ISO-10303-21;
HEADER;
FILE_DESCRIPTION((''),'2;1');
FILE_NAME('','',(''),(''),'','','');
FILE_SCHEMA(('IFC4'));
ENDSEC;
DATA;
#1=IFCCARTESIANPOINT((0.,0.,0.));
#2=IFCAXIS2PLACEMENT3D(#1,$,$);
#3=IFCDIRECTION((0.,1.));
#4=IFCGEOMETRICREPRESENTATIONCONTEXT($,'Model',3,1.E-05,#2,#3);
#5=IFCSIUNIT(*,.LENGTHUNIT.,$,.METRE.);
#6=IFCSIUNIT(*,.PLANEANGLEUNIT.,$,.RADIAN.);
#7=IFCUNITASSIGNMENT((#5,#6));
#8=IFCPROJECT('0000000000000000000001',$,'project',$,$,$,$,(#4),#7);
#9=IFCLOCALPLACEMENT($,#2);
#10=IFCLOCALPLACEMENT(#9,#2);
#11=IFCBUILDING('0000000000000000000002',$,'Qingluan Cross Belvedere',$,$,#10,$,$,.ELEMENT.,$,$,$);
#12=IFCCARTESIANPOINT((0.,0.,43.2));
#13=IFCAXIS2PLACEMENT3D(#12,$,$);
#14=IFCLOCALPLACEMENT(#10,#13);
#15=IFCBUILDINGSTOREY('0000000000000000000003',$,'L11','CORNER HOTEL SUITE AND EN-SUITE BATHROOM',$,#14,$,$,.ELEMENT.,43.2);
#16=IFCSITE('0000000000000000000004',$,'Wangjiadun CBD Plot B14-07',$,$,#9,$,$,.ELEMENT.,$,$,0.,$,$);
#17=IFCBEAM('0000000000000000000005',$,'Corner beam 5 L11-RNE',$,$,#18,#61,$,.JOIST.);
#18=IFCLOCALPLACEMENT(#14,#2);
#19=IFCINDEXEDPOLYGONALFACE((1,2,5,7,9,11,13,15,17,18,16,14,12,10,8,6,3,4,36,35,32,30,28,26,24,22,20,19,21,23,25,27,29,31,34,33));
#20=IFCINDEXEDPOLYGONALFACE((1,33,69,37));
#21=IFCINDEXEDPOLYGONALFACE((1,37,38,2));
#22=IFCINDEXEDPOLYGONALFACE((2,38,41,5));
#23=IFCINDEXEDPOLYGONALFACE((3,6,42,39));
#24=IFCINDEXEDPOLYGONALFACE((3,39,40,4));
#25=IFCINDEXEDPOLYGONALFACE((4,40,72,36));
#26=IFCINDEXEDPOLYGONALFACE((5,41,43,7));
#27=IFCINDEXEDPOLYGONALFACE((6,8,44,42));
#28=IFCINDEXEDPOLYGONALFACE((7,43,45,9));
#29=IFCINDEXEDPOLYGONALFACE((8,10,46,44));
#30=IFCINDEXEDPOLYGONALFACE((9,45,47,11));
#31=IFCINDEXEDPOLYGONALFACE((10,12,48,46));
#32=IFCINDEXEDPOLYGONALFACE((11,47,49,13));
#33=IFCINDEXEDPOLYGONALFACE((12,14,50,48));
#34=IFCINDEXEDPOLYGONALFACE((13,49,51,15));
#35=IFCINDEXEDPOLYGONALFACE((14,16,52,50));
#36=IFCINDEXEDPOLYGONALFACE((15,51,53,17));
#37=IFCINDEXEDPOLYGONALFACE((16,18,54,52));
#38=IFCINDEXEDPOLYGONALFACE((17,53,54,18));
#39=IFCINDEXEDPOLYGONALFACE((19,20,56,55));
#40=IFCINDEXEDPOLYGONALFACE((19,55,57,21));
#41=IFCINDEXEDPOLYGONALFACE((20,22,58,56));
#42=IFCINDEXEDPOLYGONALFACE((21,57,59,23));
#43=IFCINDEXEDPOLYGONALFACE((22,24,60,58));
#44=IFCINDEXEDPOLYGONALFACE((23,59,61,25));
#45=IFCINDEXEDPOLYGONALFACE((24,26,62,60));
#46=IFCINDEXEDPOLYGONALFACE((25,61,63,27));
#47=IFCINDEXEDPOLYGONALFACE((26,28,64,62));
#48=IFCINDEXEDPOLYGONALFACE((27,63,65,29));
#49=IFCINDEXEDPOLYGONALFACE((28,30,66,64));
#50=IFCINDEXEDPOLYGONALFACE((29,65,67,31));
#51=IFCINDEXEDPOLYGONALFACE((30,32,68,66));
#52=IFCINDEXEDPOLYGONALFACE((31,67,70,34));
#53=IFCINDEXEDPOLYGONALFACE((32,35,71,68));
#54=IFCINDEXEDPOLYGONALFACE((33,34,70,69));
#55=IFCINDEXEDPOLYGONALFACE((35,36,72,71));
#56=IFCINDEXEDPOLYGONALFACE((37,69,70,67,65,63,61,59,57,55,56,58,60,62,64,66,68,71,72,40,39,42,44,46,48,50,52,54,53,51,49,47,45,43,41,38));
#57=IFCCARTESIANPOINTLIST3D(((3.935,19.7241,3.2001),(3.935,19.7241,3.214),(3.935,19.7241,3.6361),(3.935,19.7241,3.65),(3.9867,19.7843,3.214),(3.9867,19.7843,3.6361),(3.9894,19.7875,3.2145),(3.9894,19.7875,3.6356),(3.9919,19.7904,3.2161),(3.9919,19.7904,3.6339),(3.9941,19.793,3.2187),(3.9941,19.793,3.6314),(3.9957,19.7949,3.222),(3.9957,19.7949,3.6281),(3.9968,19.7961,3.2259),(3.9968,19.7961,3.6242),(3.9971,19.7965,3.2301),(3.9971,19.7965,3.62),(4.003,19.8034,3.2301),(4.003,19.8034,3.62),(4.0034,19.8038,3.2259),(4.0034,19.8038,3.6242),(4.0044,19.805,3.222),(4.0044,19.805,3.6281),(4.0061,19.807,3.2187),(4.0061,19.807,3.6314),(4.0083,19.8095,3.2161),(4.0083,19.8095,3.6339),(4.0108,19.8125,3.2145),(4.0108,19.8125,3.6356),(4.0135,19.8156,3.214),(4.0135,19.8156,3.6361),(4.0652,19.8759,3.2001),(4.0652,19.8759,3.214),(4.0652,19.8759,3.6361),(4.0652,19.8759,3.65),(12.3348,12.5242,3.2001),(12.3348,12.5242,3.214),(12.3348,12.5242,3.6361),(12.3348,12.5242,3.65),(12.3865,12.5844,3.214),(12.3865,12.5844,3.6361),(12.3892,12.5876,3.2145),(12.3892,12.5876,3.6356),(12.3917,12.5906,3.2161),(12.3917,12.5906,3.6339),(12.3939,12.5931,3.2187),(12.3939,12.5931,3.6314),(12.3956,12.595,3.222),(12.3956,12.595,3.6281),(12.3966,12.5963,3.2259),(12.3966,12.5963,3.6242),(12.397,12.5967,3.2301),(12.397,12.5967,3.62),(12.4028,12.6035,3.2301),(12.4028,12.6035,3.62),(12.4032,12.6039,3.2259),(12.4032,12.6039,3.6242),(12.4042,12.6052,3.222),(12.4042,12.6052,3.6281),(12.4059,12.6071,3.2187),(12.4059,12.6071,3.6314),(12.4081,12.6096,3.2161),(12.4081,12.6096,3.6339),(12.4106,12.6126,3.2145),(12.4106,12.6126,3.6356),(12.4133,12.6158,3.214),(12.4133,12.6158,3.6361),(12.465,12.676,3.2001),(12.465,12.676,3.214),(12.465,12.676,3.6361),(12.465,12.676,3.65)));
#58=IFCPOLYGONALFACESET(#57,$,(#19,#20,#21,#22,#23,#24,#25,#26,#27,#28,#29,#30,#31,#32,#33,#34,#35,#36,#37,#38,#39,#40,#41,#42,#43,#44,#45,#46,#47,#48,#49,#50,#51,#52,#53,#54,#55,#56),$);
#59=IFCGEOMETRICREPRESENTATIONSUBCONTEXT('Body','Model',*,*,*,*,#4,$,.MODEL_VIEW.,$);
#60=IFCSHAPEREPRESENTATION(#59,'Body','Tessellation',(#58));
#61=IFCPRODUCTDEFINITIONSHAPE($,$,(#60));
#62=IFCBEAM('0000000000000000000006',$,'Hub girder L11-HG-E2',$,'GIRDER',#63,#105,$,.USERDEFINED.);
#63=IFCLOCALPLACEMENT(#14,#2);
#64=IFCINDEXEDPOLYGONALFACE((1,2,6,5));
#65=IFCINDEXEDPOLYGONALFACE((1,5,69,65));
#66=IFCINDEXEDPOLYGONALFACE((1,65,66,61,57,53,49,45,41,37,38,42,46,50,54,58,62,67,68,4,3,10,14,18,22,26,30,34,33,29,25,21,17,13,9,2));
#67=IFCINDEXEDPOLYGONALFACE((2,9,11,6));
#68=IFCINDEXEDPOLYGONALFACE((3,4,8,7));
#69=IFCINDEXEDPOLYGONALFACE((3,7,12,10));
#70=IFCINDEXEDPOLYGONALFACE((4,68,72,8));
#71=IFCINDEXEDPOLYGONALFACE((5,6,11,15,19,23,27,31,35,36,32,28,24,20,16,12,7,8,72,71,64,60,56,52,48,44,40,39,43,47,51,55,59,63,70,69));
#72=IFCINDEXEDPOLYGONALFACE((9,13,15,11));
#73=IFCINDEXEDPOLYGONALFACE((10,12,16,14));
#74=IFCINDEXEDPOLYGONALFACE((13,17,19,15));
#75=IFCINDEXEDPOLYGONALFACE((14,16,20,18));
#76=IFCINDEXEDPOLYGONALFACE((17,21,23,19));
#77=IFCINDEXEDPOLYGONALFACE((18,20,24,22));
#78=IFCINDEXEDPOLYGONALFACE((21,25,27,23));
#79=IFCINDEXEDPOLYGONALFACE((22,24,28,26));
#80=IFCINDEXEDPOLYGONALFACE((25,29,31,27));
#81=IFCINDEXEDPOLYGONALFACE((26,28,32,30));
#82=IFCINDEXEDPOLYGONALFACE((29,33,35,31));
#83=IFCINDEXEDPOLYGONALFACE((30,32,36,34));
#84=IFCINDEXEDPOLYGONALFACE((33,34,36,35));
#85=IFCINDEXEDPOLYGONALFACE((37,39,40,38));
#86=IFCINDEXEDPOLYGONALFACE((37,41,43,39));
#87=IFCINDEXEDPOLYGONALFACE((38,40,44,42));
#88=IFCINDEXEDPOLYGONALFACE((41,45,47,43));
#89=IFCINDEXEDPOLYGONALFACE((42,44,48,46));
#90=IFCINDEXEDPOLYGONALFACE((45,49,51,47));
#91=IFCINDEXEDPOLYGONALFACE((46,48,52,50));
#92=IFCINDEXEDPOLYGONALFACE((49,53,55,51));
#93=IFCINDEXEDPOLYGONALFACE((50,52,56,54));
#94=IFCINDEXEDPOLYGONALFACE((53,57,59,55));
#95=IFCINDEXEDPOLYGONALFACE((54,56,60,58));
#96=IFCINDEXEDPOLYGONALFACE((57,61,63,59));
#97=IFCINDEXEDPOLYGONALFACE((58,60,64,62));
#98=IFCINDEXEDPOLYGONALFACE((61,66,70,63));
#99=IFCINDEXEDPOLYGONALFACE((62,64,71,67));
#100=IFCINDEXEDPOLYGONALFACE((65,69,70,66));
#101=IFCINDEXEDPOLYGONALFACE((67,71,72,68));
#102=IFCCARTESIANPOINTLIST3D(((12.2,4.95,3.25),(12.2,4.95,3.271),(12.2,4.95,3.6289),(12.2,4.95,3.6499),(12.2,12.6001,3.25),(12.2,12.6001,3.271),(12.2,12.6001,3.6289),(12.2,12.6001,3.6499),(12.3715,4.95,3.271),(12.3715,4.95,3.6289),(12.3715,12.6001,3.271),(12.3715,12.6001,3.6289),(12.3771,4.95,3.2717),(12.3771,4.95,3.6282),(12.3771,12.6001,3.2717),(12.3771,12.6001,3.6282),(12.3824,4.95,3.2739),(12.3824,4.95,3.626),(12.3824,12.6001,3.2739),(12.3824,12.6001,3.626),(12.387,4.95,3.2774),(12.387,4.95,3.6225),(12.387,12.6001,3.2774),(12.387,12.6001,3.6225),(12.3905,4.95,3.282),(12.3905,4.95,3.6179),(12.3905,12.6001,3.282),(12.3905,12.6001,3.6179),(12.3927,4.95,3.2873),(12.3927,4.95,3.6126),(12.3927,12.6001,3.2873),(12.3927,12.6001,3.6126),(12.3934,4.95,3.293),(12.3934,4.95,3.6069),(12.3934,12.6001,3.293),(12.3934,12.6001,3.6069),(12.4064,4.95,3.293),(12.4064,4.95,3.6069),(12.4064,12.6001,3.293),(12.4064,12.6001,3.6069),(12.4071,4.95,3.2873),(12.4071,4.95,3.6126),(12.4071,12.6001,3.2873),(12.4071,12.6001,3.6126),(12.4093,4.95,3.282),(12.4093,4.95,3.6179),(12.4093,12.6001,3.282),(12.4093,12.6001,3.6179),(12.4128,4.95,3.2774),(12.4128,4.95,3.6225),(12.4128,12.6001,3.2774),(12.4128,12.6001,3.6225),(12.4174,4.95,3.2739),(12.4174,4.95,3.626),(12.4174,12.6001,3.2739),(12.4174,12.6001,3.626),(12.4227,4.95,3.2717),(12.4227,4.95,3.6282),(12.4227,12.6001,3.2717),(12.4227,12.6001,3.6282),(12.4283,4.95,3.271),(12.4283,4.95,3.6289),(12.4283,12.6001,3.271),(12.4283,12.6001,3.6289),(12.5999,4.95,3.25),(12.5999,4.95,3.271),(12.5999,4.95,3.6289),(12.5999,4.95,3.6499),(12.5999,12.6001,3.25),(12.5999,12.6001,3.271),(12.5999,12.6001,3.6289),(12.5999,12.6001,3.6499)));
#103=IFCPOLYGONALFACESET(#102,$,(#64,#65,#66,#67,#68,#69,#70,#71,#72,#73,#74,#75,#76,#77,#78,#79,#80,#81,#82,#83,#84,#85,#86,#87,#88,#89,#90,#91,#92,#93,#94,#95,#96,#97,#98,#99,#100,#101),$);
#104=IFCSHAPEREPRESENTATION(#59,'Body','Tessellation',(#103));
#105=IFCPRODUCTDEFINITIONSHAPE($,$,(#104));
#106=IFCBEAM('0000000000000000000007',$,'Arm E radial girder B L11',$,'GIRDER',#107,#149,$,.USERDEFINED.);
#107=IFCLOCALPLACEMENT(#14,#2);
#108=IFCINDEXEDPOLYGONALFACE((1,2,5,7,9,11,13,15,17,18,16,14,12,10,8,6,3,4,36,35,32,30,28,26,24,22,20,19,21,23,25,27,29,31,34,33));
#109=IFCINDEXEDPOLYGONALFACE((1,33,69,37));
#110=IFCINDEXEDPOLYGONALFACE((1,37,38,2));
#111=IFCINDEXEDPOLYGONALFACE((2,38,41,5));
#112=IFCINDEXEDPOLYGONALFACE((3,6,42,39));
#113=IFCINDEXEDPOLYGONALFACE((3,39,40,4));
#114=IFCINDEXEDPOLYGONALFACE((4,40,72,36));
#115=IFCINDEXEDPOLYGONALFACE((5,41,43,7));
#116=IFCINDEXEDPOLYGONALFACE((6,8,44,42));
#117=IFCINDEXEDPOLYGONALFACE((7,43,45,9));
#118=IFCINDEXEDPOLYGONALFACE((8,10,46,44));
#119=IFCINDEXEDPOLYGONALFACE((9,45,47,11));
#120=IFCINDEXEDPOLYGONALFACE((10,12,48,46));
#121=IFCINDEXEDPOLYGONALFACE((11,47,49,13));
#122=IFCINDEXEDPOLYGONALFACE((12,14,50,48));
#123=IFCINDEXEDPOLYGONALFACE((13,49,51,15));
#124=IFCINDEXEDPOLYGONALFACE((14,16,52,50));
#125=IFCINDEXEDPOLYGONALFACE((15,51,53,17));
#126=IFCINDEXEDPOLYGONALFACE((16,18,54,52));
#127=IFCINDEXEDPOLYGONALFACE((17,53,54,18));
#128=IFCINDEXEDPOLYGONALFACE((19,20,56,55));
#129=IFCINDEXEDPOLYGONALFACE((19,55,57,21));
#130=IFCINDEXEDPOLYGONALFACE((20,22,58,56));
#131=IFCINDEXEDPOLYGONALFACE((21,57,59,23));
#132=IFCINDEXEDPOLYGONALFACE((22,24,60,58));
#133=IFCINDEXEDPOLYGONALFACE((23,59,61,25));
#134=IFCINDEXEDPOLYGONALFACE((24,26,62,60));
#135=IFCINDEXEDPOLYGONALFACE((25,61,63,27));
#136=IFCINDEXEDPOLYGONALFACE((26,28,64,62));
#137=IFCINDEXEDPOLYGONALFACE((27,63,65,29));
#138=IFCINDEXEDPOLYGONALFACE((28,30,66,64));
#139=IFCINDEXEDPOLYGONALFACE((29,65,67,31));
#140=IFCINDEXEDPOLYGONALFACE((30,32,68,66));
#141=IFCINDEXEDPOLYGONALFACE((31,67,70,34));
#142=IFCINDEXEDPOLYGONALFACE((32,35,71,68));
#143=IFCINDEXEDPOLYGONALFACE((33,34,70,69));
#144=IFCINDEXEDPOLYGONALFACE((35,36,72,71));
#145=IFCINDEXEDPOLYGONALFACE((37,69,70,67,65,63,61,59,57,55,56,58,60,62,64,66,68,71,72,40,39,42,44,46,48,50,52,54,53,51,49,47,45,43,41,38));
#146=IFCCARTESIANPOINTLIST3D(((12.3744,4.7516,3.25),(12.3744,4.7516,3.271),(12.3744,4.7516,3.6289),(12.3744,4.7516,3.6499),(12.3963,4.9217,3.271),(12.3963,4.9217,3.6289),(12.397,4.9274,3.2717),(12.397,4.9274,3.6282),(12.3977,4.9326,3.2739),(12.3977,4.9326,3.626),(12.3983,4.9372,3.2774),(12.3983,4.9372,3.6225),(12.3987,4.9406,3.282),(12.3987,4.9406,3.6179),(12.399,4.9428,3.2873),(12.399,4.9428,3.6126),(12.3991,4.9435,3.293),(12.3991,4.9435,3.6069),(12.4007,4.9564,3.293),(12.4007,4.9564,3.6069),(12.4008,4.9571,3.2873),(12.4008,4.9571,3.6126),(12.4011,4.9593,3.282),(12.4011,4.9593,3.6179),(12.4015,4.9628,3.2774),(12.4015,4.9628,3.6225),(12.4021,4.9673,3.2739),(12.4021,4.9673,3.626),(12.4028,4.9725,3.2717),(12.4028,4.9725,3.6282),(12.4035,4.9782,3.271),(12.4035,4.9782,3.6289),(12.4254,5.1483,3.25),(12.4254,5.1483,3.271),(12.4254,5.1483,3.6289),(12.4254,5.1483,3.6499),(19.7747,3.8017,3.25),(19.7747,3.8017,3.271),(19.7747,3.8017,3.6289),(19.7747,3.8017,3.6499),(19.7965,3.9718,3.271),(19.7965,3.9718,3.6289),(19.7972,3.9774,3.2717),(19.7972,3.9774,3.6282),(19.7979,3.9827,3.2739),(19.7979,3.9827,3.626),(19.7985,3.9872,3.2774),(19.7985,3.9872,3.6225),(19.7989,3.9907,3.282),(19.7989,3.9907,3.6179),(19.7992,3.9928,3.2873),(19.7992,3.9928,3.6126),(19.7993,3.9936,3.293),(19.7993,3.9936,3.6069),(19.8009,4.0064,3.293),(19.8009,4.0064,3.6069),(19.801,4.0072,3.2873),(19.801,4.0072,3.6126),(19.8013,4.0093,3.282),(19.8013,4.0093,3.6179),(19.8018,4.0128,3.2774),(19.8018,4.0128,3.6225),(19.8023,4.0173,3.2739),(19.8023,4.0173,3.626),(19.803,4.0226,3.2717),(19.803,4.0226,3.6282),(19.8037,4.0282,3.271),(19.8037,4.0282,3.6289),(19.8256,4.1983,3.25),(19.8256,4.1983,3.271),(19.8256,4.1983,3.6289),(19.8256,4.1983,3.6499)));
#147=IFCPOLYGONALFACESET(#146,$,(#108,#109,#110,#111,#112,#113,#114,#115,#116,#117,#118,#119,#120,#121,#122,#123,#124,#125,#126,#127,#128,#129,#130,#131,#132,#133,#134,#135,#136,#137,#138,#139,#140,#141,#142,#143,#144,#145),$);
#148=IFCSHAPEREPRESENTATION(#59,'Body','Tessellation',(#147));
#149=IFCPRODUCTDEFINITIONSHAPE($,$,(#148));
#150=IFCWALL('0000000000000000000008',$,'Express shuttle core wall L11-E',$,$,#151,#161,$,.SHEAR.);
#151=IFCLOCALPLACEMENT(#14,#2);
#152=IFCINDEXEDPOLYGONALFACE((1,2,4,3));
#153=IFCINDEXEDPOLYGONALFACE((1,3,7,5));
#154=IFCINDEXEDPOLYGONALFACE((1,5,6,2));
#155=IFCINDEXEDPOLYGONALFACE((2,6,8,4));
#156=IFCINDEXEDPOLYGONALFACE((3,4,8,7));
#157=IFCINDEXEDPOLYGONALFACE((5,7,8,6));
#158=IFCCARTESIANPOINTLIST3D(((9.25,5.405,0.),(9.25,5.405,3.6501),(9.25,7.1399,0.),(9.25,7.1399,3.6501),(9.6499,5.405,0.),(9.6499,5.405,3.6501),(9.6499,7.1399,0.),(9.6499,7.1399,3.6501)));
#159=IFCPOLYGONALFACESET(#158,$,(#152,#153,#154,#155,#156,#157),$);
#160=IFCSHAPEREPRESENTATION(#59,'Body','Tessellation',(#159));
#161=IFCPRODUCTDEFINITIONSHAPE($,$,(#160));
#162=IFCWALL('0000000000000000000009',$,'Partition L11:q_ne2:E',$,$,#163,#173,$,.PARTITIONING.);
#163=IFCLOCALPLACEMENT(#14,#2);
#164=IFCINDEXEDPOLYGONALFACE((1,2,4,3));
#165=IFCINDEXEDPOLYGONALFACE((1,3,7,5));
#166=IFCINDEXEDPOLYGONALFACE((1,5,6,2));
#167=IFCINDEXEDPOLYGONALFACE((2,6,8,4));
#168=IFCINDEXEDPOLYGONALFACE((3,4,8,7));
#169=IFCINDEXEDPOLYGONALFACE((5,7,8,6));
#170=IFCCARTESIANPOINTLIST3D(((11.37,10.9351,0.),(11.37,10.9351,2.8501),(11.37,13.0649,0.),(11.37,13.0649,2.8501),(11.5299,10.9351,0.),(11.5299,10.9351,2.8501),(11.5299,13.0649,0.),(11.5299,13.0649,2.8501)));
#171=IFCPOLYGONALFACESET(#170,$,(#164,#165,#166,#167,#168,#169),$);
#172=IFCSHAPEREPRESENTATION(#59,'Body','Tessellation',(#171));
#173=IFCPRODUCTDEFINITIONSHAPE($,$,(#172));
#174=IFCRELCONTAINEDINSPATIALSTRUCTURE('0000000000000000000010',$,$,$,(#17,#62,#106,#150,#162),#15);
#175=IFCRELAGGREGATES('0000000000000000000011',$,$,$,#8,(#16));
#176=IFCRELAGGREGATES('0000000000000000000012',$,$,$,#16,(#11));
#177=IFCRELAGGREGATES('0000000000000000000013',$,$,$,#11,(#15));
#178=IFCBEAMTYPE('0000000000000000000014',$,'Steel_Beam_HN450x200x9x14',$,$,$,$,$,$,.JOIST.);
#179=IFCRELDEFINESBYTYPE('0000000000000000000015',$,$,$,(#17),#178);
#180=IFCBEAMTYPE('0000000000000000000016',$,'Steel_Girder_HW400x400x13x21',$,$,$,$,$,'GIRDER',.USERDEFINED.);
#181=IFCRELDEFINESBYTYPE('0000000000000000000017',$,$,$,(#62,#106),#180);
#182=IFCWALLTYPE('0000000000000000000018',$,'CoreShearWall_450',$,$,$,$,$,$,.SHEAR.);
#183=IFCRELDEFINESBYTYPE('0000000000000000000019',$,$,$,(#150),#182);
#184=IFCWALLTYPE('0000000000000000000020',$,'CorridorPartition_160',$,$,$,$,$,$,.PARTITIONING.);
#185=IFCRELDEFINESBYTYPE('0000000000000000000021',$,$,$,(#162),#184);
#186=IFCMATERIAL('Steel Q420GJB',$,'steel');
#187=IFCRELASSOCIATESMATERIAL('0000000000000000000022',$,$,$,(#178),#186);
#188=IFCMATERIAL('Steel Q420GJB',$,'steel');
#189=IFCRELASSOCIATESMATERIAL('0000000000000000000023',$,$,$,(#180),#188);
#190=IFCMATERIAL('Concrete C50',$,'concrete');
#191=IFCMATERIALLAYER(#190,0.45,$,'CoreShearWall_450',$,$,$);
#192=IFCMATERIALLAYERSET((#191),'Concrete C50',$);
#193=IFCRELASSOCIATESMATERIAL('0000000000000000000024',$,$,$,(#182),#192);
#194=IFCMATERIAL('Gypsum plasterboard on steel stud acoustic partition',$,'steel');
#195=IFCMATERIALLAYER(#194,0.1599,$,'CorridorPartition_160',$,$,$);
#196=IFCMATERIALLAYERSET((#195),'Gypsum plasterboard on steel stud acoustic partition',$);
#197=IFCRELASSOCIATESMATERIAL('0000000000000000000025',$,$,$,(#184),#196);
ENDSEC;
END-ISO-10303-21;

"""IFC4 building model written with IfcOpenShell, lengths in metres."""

from ifc_helpers import new_model, si_unit, direction, frame, frame_2d, origin, origin_2d, place, context, subcontext, project, spatial, rectangle, i_section, extrude, material, layer, layer_set, material_profile, profile_set, type_object, element, save


model = new_model("IFC4")

# Units and contexts
model_context = context("Model", 3, precision=1e-05, world=origin(), true_north=direction((0.0, 1.0)))
body_context = subcontext(model_context, "Body", "Model", "MODEL_VIEW")
ifc_project = project(units=[si_unit("LENGTHUNIT", "METRE"), si_unit("PLANEANGLEUNIT", "RADIAN")], contexts=[model_context])

# Site, building, storey
site_placement = place(None, origin())
site = spatial("IfcSite", under=ifc_project, at=site_placement, Name="Wangjiadun CBD Plot B14-07", CompositionType="ELEMENT", RefElevation=0.0)
building_placement = place(site_placement, origin())
building = spatial("IfcBuilding", under=site, at=building_placement, Name="Qingluan Cross Belvedere", CompositionType="ELEMENT")
storey_placement = place(building_placement, frame((0.0, 0.0, 43.2)))
storey = spatial("IfcBuildingStorey", under=building, at=storey_placement, Name="L11", Description="CORNER HOTEL SUITE AND EN-SUITE BATHROOM", CompositionType="ELEMENT", Elevation=43.2)

# Beams
ifc_material_1 = material(Name="Steel Q420GJB", Category="steel")
ifc_material_profile_1 = material_profile(ifc_material_1, i_section(OverallWidth=0.2, OverallDepth=0.45, WebThickness=0.009, FlangeThickness=0.0139, FilletRadius=0.0161, at=origin_2d()), Name="HN450x200x9x14")
ifc_profile_set_1 = profile_set([ifc_material_profile_1], Name="Steel Q420GJB")
beam_type_1 = type_object("IfcBeamType", Name="Steel_Beam_HN450x200x9x14", PredefinedType="JOIST", material=ifc_profile_set_1)
beam_1_placement = place(storey_placement, frame((12.3999, 12.6001, 3.425), z_axis=(-0.759255, 0.650793, 0.0), x_axis=(-0.650793, -0.759255, 0.0)))
element("IfcBeam", 1, at=beam_1_placement, inside=storey, type_object=beam_type_1, Name="Corner beam 5 L11-RNE", PredefinedType="JOIST", context=body_context, shape_type="SweptSolid", body=[
    extrude(i_section(OverallWidth=0.2, OverallDepth=0.45, WebThickness=0.009, FlangeThickness=0.0139, FilletRadius=0.0161, at=origin_2d()), origin(), (0.0, 0.0, 1.0), 11.0632),
])
ifc_material_2 = material(Name="Steel Q420GJB", Category="steel")
ifc_material_profile_2 = material_profile(ifc_material_2, i_section(OverallWidth=0.3999, OverallDepth=0.3999, WebThickness=0.0129, FlangeThickness=0.021, FilletRadius=0.022, at=origin_2d()), Name="HW400x400x13x21")
ifc_profile_set_2 = profile_set([ifc_material_profile_2], Name="Steel Q420GJB")
beam_type_2 = type_object("IfcBeamType", Name="Steel_Girder_HW400x400x13x21", ElementType="GIRDER", PredefinedType="USERDEFINED", material=ifc_profile_set_2)
beam_2_placement = place(storey_placement, frame((12.3999, 4.95, 3.45), z_axis=(0.0, 1.0, 0.0), x_axis=(-1.0, 0.0, 0.0)))
element("IfcBeam", 2, at=beam_2_placement, inside=storey, type_object=beam_type_2, Name="Hub girder L11-HG-E2", ObjectType="GIRDER", PredefinedType="USERDEFINED", context=body_context, shape_type="SweptSolid", body=[
    extrude(i_section(OverallWidth=0.3999, OverallDepth=0.3999, WebThickness=0.0129, FlangeThickness=0.021, FilletRadius=0.022, at=origin_2d()), origin(), (0.0, 0.0, 1.0), 7.6501),
])
beam_3_placement = place(storey_placement, frame((12.3999, 4.95, 3.45), z_axis=(0.991861, -0.127324, 0.0), x_axis=(0.127324, 0.991861, 0.0)))
element("IfcBeam", 3, at=beam_3_placement, inside=storey, type_object=beam_type_2, Name="Arm E radial girder B L11", ObjectType="GIRDER", PredefinedType="USERDEFINED", context=body_context, shape_type="SweptSolid", body=[
    extrude(i_section(OverallWidth=0.3999, OverallDepth=0.3999, WebThickness=0.0129, FlangeThickness=0.021, FilletRadius=0.022, at=origin_2d()), origin(), (0.0, 0.0, 1.0), 7.4609),
])

# Walls
ifc_material_3 = material(Name="Concrete C50", Category="concrete")
ifc_layer_1 = layer(ifc_material_3, 0.45, Name="CoreShearWall_450")
ifc_layer_set_1 = layer_set([ifc_layer_1], Name="Concrete C50")
wall_type_1 = type_object("IfcWallType", Name="CoreShearWall_450", PredefinedType="SHEAR", material=ifc_layer_set_1)
wall_1_placement = place(storey_placement, frame((9.45, 5.405, 0.0), z_axis=(0.0, 0.0, 1.0), x_axis=(0.0, 1.0, 0.0)))
element("IfcWall", 4, at=wall_1_placement, inside=storey, type_object=wall_type_1, Name="Express shuttle core wall L11-E", PredefinedType="SHEAR", context=body_context, shape_type="SweptSolid", body=[
    extrude(rectangle(XDim=1.7349, YDim=0.3999, at=frame_2d((0.8674, 0.0))), origin(), (0.0, 0.0, 1.0), 3.6501),
])
ifc_material_4 = material(Name="Gypsum plasterboard on steel stud acoustic partition", Category="steel")
ifc_layer_2 = layer(ifc_material_4, 0.1599, Name="CorridorPartition_160")
ifc_layer_set_2 = layer_set([ifc_layer_2], Name="Gypsum plasterboard on steel stud acoustic partition")
wall_type_2 = type_object("IfcWallType", Name="CorridorPartition_160", PredefinedType="PARTITIONING", material=ifc_layer_set_2)
wall_2_placement = place(storey_placement, frame((11.45, 10.9351, 0.0), z_axis=(0.0, 0.0, 1.0), x_axis=(0.0, 1.0, 0.0)))
element("IfcWall", 5, at=wall_2_placement, inside=storey, type_object=wall_type_2, Name="Partition L11:q_ne2:E", PredefinedType="PARTITIONING", context=body_context, shape_type="SweptSolid", body=[
    extrude(rectangle(XDim=2.1299, YDim=0.1599, at=frame_2d((1.0649, 0.0))), origin(), (0.0, 0.0, 1.0), 2.8501),
])

save(model, "model.ifc")
